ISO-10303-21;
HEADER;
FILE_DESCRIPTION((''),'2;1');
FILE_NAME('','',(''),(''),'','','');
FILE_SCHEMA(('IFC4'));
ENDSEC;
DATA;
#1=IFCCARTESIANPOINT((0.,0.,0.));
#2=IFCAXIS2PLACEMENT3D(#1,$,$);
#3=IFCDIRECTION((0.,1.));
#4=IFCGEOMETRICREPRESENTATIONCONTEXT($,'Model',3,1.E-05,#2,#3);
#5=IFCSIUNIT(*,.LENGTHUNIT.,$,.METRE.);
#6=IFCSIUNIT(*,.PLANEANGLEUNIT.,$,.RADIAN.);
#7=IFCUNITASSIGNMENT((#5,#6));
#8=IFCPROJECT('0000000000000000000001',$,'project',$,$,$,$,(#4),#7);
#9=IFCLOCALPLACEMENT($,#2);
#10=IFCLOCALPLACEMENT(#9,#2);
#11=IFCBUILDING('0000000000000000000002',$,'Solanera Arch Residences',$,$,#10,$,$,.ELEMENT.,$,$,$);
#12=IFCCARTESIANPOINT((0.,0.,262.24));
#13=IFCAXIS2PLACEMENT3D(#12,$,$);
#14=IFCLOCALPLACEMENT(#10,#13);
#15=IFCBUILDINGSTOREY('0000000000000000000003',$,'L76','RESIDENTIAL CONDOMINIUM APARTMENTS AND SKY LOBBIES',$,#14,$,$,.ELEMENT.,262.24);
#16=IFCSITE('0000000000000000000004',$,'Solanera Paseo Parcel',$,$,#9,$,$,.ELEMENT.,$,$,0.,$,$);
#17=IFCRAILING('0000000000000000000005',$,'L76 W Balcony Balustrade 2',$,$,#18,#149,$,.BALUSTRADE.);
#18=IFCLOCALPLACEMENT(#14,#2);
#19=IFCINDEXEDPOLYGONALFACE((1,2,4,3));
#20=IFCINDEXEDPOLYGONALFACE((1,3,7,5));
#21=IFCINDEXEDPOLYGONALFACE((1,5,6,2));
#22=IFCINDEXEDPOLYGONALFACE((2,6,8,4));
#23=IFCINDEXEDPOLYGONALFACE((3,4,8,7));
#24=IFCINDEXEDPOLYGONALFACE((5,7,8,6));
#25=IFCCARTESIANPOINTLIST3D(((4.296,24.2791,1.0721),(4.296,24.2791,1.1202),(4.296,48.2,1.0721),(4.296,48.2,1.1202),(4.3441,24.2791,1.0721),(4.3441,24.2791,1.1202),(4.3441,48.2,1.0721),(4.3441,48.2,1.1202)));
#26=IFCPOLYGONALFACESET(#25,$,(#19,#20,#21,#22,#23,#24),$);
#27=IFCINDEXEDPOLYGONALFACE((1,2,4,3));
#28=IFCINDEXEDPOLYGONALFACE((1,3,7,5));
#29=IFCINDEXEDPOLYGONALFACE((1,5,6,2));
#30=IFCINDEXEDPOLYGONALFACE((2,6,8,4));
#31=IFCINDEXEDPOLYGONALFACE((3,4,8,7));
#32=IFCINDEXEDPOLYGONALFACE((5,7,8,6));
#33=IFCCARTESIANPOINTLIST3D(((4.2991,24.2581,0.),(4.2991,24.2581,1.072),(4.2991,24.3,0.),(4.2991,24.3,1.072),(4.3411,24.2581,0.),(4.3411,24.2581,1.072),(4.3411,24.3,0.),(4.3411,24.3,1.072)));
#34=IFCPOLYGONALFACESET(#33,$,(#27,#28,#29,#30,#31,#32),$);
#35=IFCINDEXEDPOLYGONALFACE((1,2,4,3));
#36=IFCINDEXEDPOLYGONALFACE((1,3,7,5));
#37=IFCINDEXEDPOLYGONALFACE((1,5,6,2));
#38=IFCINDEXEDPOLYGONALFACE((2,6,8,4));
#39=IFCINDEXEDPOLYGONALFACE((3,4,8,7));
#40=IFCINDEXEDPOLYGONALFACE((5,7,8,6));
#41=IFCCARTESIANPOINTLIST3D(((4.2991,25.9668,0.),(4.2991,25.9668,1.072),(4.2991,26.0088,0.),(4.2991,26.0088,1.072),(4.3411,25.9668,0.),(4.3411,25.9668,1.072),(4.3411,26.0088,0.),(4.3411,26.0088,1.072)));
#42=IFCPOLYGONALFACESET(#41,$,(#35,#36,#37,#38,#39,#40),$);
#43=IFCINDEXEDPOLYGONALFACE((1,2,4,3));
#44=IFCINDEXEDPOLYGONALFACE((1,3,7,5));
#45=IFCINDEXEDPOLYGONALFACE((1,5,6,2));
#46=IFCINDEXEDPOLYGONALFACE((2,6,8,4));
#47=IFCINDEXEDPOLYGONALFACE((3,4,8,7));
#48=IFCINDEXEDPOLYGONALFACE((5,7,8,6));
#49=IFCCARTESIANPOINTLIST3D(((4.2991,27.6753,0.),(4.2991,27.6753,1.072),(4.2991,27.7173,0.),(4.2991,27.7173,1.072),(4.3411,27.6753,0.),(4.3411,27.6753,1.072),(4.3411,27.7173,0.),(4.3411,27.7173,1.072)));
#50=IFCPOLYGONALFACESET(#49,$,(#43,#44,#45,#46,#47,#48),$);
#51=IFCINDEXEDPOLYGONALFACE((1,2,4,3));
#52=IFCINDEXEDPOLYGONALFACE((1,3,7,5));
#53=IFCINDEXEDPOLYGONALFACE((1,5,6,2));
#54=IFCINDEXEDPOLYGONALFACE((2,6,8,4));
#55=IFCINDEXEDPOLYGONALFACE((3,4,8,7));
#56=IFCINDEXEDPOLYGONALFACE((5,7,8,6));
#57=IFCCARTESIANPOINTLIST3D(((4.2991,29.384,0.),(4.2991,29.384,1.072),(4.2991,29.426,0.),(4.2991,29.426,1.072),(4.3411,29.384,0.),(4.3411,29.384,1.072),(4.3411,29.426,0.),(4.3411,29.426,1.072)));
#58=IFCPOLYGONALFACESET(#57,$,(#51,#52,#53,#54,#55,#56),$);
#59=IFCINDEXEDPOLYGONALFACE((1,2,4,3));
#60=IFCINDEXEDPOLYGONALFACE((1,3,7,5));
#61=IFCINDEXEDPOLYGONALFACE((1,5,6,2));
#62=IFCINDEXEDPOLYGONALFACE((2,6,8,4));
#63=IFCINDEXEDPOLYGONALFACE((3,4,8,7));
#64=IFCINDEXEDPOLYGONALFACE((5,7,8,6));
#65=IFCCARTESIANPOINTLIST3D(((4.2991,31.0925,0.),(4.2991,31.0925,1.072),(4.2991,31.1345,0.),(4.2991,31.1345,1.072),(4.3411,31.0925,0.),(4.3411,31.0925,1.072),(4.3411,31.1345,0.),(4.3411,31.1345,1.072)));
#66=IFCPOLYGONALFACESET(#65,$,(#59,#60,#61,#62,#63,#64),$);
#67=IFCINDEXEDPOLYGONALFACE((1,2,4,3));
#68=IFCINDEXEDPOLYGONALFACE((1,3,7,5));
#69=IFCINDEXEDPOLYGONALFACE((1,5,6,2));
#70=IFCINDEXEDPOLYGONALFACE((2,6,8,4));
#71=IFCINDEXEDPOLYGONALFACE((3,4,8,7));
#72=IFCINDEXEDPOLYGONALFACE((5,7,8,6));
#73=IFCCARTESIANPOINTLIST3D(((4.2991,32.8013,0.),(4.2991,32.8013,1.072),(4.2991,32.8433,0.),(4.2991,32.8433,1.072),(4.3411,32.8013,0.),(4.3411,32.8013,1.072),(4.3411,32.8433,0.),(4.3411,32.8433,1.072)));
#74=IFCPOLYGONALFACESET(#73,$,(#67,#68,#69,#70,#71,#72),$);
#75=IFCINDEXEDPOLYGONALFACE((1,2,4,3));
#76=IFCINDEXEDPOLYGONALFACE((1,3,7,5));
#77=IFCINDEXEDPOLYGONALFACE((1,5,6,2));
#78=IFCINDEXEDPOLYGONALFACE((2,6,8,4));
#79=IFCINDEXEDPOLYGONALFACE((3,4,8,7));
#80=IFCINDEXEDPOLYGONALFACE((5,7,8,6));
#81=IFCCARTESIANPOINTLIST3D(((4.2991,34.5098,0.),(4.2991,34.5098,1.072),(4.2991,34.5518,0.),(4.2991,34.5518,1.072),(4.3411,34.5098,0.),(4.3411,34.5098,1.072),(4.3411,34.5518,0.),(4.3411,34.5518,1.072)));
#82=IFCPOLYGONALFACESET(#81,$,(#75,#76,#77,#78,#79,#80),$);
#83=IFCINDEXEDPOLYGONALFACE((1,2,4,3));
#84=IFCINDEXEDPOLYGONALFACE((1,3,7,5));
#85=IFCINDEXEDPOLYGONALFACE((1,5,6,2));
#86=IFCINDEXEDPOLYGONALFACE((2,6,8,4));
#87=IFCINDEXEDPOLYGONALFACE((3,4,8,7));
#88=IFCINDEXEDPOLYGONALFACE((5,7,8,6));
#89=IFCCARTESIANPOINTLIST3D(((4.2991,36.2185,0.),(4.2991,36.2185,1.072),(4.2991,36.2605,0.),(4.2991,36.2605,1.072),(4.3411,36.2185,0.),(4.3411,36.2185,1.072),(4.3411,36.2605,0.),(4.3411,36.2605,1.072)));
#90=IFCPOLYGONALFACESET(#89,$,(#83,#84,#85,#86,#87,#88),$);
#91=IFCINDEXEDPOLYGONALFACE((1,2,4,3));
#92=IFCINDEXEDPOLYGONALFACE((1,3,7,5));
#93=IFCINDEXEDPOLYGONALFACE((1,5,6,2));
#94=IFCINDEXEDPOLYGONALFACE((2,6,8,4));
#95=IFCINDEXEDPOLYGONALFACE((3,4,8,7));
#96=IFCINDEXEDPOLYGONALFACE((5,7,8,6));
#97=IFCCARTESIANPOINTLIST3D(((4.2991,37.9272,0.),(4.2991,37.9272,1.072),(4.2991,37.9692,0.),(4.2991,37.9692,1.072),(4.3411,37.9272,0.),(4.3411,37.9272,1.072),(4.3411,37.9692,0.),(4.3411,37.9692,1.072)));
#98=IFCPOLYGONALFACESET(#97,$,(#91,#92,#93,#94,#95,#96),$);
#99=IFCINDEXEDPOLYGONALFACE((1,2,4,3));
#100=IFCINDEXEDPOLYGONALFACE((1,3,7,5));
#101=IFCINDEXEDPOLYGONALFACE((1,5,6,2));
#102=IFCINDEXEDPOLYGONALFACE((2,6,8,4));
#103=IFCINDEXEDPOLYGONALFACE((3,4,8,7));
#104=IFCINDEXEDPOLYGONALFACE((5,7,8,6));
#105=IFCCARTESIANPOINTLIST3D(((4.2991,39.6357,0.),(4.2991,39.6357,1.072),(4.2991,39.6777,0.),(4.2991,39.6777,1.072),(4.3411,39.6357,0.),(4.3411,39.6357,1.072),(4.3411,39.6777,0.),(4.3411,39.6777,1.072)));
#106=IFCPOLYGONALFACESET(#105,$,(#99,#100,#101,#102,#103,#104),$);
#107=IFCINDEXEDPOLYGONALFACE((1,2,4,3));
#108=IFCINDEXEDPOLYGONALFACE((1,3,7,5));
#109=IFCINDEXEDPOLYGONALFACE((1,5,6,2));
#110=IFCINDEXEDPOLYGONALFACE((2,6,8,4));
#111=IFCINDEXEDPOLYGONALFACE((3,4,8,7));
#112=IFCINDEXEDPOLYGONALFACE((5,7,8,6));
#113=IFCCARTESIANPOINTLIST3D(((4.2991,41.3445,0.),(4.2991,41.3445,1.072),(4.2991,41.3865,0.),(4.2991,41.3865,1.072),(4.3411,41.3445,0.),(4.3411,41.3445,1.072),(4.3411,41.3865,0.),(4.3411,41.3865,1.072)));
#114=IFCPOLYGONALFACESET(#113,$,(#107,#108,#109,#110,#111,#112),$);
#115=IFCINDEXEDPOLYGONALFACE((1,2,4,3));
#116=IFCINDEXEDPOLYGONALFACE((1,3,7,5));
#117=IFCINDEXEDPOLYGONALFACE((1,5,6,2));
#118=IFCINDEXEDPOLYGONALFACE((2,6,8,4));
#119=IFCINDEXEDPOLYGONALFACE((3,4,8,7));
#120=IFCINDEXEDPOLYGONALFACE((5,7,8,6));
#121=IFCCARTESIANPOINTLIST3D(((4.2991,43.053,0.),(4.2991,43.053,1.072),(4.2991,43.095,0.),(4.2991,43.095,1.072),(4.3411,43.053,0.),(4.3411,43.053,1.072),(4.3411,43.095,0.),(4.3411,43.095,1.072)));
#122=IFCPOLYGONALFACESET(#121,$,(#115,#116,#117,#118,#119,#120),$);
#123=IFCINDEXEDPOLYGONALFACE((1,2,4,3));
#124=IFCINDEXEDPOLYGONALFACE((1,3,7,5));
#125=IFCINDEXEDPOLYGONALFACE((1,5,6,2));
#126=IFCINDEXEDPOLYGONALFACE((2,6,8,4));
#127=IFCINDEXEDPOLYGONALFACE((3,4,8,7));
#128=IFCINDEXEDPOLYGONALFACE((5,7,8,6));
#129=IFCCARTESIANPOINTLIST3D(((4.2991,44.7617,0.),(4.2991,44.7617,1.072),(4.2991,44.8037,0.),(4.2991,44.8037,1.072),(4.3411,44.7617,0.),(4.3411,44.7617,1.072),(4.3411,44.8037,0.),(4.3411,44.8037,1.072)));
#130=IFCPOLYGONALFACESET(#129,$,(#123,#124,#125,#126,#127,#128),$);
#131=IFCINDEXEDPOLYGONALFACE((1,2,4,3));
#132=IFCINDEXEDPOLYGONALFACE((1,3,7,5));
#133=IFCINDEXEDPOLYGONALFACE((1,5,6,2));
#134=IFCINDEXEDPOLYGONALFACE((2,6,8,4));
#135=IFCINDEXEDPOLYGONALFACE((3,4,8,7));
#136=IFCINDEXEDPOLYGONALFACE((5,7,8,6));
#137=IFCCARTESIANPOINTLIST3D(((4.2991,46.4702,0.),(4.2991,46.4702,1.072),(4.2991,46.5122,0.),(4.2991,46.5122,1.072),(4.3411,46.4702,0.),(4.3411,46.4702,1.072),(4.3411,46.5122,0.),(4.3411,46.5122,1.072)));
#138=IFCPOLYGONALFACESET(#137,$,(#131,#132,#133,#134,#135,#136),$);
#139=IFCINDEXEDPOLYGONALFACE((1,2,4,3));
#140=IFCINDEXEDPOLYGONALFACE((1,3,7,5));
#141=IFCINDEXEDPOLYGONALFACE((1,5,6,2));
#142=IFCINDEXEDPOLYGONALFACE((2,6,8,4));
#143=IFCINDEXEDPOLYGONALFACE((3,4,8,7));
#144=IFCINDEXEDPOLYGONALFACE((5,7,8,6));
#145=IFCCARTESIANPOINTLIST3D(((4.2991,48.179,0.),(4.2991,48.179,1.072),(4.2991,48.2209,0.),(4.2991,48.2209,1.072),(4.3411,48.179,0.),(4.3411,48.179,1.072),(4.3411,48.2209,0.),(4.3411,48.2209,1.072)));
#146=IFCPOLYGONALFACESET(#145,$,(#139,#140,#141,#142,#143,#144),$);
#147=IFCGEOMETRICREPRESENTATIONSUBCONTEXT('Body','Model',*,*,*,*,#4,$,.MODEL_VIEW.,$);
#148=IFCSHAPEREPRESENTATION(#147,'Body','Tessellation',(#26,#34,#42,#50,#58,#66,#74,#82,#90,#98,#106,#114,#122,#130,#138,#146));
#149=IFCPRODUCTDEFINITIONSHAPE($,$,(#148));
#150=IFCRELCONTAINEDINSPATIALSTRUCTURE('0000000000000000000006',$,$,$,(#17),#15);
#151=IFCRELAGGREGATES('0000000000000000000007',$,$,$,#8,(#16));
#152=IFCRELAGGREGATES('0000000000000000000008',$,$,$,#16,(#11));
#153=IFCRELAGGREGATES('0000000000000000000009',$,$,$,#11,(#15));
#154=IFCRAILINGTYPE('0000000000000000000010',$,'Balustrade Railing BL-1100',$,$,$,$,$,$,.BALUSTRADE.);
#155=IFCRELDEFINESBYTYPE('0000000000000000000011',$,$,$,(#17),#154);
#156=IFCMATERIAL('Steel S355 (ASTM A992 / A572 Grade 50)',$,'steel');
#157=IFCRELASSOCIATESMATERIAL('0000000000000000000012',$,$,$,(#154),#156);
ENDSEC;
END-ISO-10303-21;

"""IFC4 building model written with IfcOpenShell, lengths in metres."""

from ifc_helpers import new_model, si_unit, direction, frame, origin, origin_2d, place, context, subcontext, project, spatial, rectangle, extrude, material, type_object, element, save


model = new_model("IFC4")

# Units and contexts
model_context = context("Model", 3, precision=1e-05, world=origin(), true_north=direction((0.0, 1.0)))
body_context = subcontext(model_context, "Body", "Model", "MODEL_VIEW")
ifc_project = project(units=[si_unit("LENGTHUNIT", "METRE"), si_unit("PLANEANGLEUNIT", "RADIAN")], contexts=[model_context])

# Site, building, storey
site_placement = place(None, origin())
site = spatial("IfcSite", under=ifc_project, at=site_placement, Name="Solanera Paseo Parcel", CompositionType="ELEMENT", RefElevation=0.0)
building_placement = place(site_placement, origin())
building = spatial("IfcBuilding", under=site, at=building_placement, Name="Solanera Arch Residences", CompositionType="ELEMENT")
storey_placement = place(building_placement, frame((0.0, 0.0, 262.24)))
storey = spatial("IfcBuildingStorey", under=building, at=storey_placement, Name="L76", Description="RESIDENTIAL CONDOMINIUM APARTMENTS AND SKY LOBBIES", CompositionType="ELEMENT", Elevation=262.24)

# Railing
ifc_material_1 = material(Name="Steel S355 (ASTM A992 / A572 Grade 50)", Category="steel")
railing_type = type_object("IfcRailingType", Name="Balustrade Railing BL-1100", PredefinedType="BALUSTRADE", material=ifc_material_1)
railing_placement = place(storey_placement, frame((4.3201, 24.2791, 0.0)))
element("IfcRailing", 1, at=railing_placement, inside=storey, type_object=railing_type, Name="L76 W Balcony Balustrade 2", PredefinedType="BALUSTRADE", context=body_context, shape_type="SweptSolid", body=[
    extrude(rectangle(XDim=0.0481, YDim=0.0481, at=origin_2d()), frame((0.0, 0.0, 1.0962), z_axis=(0.0, 1.0, 0.0), x_axis=(-1.0, 0.0, 0.0)), (0.0, 0.0, 1.0), 23.9209),
    extrude(rectangle(XDim=0.042, YDim=0.042, at=origin_2d()), origin(), (0.0, 0.0, 1.0), 1.072),
    extrude(rectangle(XDim=0.042, YDim=0.042, at=origin_2d()), frame((0.0, 1.7087, 0.0)), (0.0, 0.0, 1.0), 1.072),
    extrude(rectangle(XDim=0.042, YDim=0.042, at=origin_2d()), frame((0.0, 3.4172, 0.0)), (0.0, 0.0, 1.0), 1.072),
    extrude(rectangle(XDim=0.042, YDim=0.042, at=origin_2d()), frame((0.0, 5.126, 0.0)), (0.0, 0.0, 1.0), 1.072),
    extrude(rectangle(XDim=0.042, YDim=0.042, at=origin_2d()), frame((0.0, 6.8345, 0.0)), (0.0, 0.0, 1.0), 1.072),
    extrude(rectangle(XDim=0.042, YDim=0.042, at=origin_2d()), frame((0.0, 8.5432, 0.0)), (0.0, 0.0, 1.0), 1.072),
    extrude(rectangle(XDim=0.042, YDim=0.042, at=origin_2d()), frame((0.0, 10.2517, 0.0)), (0.0, 0.0, 1.0), 1.072),
    extrude(rectangle(XDim=0.042, YDim=0.042, at=origin_2d()), frame((0.0, 11.9604, 0.0)), (0.0, 0.0, 1.0), 1.072),
    extrude(rectangle(XDim=0.042, YDim=0.042, at=origin_2d()), frame((0.0, 13.6692, 0.0)), (0.0, 0.0, 1.0), 1.072),
    extrude(rectangle(XDim=0.042, YDim=0.042, at=origin_2d()), frame((0.0, 15.3777, 0.0)), (0.0, 0.0, 1.0), 1.072),
    extrude(rectangle(XDim=0.042, YDim=0.042, at=origin_2d()), frame((0.0, 17.0864, 0.0)), (0.0, 0.0, 1.0), 1.072),
    extrude(rectangle(XDim=0.042, YDim=0.042, at=origin_2d()), frame((0.0, 18.7949, 0.0)), (0.0, 0.0, 1.0), 1.072),
    extrude(rectangle(XDim=0.042, YDim=0.042, at=origin_2d()), frame((0.0, 20.5037, 0.0)), (0.0, 0.0, 1.0), 1.072),
    extrude(rectangle(XDim=0.042, YDim=0.042, at=origin_2d()), frame((0.0, 22.2122, 0.0)), (0.0, 0.0, 1.0), 1.072),
    extrude(rectangle(XDim=0.042, YDim=0.042, at=origin_2d()), frame((0.0, 23.9209, 0.0)), (0.0, 0.0, 1.0), 1.072),
])

save(model, "model.ifc")
